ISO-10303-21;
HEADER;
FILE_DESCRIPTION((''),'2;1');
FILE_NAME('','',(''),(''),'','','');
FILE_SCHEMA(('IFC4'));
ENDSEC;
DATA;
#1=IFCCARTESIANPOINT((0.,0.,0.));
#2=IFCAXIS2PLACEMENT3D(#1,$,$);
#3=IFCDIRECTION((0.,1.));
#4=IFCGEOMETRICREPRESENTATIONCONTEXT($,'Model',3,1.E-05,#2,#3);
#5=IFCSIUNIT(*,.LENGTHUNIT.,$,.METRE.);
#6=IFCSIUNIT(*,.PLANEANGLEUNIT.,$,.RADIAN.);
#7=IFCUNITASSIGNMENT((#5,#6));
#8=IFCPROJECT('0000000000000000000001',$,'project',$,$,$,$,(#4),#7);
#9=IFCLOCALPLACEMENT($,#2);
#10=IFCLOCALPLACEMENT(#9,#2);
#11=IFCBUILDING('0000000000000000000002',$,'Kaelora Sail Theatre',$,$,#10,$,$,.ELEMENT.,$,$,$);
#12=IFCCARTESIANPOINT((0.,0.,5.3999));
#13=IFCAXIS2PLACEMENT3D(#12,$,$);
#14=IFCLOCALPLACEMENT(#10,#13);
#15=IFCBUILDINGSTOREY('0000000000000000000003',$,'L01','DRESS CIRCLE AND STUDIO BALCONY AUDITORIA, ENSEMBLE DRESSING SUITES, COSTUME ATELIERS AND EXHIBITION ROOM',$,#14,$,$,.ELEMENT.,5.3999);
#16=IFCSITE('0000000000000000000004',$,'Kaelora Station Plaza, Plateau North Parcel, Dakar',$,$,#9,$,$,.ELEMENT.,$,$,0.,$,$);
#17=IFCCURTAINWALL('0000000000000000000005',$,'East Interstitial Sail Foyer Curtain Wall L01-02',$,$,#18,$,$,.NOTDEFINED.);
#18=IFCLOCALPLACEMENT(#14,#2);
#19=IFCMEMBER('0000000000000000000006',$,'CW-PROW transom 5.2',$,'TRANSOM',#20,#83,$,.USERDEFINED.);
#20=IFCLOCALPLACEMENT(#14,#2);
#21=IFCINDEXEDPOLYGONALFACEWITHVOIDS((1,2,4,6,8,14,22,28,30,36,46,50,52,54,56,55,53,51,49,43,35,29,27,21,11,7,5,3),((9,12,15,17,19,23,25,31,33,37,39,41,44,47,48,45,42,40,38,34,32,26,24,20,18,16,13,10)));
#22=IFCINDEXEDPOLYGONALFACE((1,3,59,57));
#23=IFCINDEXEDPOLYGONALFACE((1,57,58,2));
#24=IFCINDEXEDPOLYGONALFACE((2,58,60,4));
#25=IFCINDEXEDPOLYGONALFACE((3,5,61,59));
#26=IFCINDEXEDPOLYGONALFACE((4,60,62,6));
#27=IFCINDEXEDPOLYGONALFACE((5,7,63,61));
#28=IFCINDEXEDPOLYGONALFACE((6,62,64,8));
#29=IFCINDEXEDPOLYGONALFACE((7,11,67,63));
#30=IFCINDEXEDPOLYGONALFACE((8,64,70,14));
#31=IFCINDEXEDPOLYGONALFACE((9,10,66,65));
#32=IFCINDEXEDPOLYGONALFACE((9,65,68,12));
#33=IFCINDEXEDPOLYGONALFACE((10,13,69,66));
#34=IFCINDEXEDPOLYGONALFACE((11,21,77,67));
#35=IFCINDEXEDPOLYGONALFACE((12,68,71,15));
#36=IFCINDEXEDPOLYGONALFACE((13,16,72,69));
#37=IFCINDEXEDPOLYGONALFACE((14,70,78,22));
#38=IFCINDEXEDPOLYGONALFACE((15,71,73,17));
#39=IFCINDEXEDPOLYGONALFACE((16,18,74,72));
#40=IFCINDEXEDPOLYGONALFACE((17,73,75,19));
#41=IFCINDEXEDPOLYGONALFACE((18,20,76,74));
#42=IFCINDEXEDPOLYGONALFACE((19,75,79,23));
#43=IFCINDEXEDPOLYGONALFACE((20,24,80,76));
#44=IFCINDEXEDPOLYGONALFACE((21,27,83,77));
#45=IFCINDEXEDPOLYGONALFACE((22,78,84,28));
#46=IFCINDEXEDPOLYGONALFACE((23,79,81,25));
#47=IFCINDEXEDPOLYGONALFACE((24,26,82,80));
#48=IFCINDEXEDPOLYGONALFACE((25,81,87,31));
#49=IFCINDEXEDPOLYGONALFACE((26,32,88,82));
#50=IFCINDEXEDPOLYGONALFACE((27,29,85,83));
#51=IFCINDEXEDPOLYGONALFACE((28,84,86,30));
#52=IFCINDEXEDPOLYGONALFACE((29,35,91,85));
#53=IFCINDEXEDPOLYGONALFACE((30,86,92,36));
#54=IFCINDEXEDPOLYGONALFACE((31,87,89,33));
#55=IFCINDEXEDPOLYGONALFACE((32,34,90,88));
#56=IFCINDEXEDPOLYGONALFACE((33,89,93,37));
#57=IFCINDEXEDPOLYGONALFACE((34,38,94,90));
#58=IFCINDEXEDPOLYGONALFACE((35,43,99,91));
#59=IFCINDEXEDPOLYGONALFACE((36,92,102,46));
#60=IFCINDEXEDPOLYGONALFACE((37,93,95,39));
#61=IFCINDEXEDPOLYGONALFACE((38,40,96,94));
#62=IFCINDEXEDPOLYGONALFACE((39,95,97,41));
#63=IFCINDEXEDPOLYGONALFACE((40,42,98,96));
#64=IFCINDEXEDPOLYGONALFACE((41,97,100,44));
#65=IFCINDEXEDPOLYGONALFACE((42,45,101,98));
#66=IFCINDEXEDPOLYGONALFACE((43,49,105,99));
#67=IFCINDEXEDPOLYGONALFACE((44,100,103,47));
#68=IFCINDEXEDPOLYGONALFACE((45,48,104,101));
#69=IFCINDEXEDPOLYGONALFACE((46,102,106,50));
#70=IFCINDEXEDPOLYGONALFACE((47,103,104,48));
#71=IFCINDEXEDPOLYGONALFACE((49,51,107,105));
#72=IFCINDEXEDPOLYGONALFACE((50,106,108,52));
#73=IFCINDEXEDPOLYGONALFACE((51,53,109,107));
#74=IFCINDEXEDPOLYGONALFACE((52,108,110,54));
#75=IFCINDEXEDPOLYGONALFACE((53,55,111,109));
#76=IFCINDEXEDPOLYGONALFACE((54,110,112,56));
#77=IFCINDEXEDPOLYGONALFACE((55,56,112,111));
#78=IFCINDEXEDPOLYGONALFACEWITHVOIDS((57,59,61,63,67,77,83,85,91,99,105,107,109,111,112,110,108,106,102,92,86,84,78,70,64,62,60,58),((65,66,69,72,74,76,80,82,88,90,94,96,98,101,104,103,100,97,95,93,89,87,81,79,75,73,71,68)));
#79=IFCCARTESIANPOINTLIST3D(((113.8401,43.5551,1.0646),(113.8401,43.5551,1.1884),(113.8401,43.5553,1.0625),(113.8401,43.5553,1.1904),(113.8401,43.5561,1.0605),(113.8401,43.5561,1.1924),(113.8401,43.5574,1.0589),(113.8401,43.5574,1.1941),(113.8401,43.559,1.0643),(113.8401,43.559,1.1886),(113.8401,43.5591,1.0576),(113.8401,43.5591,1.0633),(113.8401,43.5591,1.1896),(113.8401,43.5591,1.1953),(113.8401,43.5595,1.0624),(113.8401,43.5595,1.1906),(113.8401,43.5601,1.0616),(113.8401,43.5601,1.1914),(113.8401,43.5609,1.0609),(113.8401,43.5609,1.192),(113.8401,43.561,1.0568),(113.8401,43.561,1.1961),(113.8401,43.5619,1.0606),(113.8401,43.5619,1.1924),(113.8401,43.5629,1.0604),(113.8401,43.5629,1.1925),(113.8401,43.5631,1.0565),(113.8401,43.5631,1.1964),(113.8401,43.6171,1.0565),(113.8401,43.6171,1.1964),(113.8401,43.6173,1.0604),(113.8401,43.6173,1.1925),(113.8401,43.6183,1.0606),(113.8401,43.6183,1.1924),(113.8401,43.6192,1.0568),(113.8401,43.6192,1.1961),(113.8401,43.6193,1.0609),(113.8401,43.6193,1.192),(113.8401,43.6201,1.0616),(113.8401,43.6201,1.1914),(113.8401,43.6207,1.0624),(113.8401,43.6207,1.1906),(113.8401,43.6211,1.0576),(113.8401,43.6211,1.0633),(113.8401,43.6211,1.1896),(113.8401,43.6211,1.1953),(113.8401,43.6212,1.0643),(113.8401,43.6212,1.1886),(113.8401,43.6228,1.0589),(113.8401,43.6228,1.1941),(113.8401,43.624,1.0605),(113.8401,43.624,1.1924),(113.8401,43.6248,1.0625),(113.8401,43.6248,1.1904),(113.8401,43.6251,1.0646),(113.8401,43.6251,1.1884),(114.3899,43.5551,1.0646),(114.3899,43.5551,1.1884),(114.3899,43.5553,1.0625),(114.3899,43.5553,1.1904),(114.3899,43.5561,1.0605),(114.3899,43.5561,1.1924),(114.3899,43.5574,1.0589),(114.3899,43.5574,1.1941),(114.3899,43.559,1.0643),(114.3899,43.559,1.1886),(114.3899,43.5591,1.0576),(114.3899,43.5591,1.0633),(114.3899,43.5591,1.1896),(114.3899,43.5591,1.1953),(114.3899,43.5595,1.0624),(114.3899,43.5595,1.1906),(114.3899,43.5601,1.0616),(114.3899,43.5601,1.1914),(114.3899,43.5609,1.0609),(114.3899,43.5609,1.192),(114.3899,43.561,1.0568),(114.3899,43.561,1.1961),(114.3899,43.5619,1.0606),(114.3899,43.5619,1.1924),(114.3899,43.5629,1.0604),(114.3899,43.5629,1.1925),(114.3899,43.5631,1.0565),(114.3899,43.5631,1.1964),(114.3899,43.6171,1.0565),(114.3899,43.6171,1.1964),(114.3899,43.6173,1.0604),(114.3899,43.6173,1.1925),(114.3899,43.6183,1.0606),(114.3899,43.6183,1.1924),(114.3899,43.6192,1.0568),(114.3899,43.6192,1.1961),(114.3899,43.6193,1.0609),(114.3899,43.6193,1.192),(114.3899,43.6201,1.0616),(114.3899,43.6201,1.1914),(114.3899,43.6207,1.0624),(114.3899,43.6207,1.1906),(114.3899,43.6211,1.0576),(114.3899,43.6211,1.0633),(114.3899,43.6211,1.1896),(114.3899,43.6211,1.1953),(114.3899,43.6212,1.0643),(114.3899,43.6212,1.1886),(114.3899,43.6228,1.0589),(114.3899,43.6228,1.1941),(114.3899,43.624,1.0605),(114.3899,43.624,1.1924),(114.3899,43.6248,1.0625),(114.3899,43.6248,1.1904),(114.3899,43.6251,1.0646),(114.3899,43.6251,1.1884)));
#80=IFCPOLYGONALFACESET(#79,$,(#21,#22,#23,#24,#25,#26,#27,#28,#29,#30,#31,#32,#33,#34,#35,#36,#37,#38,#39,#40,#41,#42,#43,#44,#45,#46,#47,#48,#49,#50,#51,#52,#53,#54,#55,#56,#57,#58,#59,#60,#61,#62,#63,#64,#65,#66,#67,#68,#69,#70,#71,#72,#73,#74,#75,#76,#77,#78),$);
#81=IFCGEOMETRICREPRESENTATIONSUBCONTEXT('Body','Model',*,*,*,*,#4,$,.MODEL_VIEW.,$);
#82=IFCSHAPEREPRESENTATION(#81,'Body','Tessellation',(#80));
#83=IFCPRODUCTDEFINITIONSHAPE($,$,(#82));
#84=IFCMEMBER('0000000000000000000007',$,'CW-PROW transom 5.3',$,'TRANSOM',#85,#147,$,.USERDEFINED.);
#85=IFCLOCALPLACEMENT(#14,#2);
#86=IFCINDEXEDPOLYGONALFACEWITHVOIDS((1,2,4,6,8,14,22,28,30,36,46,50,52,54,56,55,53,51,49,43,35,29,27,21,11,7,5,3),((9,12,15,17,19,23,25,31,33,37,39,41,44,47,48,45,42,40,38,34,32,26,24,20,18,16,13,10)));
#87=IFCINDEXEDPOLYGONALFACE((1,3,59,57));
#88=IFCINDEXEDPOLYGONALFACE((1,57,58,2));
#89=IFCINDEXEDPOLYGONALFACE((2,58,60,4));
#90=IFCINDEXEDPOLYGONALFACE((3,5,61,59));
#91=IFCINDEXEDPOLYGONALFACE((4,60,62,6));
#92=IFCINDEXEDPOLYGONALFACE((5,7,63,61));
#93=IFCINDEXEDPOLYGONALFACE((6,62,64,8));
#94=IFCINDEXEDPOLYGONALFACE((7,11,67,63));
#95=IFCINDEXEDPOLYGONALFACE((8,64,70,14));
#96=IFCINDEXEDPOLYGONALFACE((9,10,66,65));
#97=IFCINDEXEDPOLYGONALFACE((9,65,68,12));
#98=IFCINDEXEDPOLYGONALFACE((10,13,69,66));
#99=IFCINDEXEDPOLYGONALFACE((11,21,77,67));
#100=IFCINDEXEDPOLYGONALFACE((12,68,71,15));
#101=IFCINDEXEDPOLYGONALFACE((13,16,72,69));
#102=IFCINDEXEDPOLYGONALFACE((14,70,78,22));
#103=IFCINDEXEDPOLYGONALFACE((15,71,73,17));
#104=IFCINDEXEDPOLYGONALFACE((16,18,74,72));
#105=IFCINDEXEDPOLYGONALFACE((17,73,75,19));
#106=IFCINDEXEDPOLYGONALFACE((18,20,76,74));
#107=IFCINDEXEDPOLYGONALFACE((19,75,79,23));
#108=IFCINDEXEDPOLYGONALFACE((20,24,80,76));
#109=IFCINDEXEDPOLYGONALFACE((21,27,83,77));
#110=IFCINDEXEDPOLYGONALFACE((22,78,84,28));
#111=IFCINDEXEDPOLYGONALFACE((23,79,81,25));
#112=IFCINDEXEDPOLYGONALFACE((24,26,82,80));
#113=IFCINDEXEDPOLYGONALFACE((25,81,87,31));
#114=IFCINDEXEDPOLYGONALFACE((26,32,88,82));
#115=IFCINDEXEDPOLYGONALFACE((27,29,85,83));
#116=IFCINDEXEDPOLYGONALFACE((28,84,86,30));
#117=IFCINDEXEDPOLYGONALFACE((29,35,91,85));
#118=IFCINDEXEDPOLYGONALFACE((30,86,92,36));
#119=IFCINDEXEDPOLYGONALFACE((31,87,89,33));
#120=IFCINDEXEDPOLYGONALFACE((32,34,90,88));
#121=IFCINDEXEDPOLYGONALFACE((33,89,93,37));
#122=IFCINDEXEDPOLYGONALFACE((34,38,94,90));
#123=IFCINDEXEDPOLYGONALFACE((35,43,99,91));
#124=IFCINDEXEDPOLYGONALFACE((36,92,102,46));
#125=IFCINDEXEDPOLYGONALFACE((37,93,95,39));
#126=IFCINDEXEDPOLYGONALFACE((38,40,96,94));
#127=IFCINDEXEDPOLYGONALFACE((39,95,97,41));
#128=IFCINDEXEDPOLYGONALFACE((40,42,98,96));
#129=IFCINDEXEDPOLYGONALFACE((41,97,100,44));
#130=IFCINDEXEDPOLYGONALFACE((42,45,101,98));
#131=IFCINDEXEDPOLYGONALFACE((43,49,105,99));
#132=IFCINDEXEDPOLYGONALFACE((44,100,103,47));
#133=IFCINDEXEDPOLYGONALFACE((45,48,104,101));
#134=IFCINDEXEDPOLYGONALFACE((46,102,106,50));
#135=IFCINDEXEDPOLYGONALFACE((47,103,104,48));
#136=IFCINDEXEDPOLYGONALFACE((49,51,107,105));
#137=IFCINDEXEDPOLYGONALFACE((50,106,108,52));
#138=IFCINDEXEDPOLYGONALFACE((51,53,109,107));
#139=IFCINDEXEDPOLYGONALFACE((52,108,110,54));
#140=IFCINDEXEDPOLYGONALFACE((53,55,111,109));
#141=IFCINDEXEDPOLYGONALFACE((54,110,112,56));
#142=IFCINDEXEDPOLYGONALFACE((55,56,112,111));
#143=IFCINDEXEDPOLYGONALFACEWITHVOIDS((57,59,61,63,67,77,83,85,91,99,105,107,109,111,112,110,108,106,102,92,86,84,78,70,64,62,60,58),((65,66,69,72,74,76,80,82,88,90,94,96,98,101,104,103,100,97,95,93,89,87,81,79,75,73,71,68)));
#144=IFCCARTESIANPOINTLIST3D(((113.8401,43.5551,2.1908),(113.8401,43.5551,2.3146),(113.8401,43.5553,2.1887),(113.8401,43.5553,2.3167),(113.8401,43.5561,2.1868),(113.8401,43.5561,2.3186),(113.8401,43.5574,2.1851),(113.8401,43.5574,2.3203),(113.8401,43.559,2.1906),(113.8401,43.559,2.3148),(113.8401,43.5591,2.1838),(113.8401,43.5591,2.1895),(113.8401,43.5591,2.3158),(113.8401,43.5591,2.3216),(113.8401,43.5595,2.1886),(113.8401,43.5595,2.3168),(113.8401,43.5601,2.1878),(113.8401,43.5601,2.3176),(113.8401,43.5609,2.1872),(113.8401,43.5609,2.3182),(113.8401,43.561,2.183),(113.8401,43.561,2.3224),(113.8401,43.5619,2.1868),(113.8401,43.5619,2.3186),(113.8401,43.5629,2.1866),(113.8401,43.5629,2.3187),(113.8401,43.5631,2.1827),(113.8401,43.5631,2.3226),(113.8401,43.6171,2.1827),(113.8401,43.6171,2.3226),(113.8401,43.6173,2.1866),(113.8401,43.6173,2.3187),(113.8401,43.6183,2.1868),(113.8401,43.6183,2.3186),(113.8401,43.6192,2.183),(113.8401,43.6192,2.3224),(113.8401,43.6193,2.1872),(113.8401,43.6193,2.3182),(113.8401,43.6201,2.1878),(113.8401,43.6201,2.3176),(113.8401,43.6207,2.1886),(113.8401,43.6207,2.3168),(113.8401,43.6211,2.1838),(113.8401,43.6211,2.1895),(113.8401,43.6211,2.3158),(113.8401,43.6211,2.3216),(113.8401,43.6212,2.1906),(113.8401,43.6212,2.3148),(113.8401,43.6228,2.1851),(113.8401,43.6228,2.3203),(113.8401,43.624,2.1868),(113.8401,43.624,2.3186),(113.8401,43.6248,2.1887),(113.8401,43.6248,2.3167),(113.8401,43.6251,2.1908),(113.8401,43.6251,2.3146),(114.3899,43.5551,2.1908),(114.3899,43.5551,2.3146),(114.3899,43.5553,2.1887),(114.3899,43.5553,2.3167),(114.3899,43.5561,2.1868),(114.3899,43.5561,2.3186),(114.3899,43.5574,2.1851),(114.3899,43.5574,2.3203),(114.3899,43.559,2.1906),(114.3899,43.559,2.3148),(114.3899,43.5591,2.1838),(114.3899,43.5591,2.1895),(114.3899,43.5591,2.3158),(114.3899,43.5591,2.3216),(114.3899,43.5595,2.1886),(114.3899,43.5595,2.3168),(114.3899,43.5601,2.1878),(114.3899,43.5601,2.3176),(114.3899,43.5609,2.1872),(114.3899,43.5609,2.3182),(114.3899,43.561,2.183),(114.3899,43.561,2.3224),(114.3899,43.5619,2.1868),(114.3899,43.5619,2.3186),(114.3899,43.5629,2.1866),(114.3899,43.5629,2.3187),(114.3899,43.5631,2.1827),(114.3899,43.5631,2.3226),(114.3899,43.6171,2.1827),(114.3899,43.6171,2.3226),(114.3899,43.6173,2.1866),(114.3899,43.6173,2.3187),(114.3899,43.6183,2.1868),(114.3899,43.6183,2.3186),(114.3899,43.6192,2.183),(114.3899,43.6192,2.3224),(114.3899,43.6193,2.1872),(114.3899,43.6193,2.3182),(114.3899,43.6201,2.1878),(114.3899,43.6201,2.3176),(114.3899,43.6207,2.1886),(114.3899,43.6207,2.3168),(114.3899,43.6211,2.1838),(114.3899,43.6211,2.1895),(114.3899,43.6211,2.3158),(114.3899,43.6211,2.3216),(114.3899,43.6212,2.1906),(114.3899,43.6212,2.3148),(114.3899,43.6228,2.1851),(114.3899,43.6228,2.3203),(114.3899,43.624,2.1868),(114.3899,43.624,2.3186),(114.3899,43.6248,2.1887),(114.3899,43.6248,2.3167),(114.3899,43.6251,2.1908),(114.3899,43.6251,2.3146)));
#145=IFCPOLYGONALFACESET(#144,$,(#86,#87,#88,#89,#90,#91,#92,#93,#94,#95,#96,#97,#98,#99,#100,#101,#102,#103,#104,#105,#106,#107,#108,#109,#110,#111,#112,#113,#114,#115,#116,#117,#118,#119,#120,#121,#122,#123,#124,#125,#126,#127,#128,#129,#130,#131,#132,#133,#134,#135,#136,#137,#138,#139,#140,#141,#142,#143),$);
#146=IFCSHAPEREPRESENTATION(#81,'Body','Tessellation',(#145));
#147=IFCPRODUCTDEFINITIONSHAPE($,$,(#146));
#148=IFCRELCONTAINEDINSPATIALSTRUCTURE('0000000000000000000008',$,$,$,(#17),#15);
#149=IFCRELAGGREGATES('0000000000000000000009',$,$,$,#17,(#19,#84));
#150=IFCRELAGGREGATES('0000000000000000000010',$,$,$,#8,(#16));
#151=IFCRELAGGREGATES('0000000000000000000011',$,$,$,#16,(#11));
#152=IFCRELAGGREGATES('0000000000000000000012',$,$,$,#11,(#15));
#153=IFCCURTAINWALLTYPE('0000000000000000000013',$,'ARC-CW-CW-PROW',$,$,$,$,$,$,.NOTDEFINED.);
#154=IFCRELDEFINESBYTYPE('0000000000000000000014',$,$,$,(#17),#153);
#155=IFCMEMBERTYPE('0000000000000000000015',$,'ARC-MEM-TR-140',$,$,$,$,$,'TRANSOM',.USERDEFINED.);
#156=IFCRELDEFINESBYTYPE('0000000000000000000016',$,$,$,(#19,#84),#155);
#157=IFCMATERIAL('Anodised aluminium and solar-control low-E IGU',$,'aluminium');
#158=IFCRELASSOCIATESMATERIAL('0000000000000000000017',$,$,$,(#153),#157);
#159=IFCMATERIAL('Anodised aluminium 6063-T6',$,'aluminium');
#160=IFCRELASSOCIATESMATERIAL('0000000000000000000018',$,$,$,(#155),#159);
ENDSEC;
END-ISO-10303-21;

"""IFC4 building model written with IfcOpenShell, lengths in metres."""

from ifc_helpers import new_model, si_unit, direction, frame, origin, origin_2d, place, context, subcontext, project, spatial, hollow_rectangle, extrude, material, material_profile, profile_set, type_object, element, aggregate, save


model = new_model("IFC4")

# Units and contexts
model_context = context("Model", 3, precision=1e-05, world=origin(), true_north=direction((0.0, 1.0)))
body_context = subcontext(model_context, "Body", "Model", "MODEL_VIEW")
ifc_project = project(units=[si_unit("LENGTHUNIT", "METRE"), si_unit("PLANEANGLEUNIT", "RADIAN")], contexts=[model_context])

# Site, building, storey
site_placement = place(None, origin())
site = spatial("IfcSite", under=ifc_project, at=site_placement, Name="Kaelora Station Plaza, Plateau North Parcel, Dakar", CompositionType="ELEMENT", RefElevation=0.0)
building_placement = place(site_placement, origin())
building = spatial("IfcBuilding", under=site, at=building_placement, Name="Kaelora Sail Theatre", CompositionType="ELEMENT")
storey_placement = place(building_placement, frame((0.0, 0.0, 5.3999)))
storey = spatial("IfcBuildingStorey", under=building, at=storey_placement, Name="L01", Description="DRESS CIRCLE AND STUDIO BALCONY AUDITORIA, ENSEMBLE DRESSING SUITES, COSTUME ATELIERS AND EXHIBITION ROOM", CompositionType="ELEMENT", Elevation=5.3999)

# Curtain wall
ifc_material_1 = material(Name="Anodised aluminium and solar-control low-E IGU", Category="aluminium")
curtain_wall_type = type_object("IfcCurtainWallType", Name="ARC-CW-CW-PROW", PredefinedType="NOTDEFINED", material=ifc_material_1)
curtain_wall_1_placement = place(storey_placement, origin())
curtain_wall_1 = element("IfcCurtainWall", 1, at=curtain_wall_1_placement, inside=storey, type_object=curtain_wall_type, Name="East Interstitial Sail Foyer Curtain Wall L01-02", PredefinedType="NOTDEFINED")

# Members
ifc_material_2 = material(Name="Anodised aluminium 6063-T6", Category="aluminium")
ifc_material_profile_1 = material_profile(ifc_material_2, hollow_rectangle(XDim=0.0701, YDim=0.1399, WallThickness=0.0039, InnerFilletRadius=0.0039, OuterFilletRadius=0.0081, at=origin_2d()), Name="ALU-TRAN 70x140x4")
ifc_profile_set_1 = profile_set([ifc_material_profile_1], Name="Anodised aluminium 6063-T6")
member_type_1 = type_object("IfcMemberType", Name="ARC-MEM-TR-140", ElementType="TRANSOM", PredefinedType="USERDEFINED", material=ifc_profile_set_1)
member_1_placement = place(storey_placement, frame((113.8401, 43.5901, 1.1265), z_axis=(1.0, 0.0, 0.0), x_axis=(0.0, 1.0, 0.0)))
member_1 = element("IfcMember", 2, at=member_1_placement, type_object=member_type_1, Name="CW-PROW transom 5.2", ObjectType="TRANSOM", PredefinedType="USERDEFINED", context=body_context, shape_type="SweptSolid", body=[
    extrude(hollow_rectangle(XDim=0.0701, YDim=0.1399, WallThickness=0.0039, InnerFilletRadius=0.0039, OuterFilletRadius=0.0081, at=origin_2d()), origin(), (0.0, 0.0, 1.0), 0.5498),
])
member_2_placement = place(storey_placement, frame((113.8401, 43.5901, 2.2527), z_axis=(1.0, 0.0, 0.0), x_axis=(0.0, 1.0, 0.0)))
member_2 = element("IfcMember", 3, at=member_2_placement, type_object=member_type_1, Name="CW-PROW transom 5.3", ObjectType="TRANSOM", PredefinedType="USERDEFINED", context=body_context, shape_type="SweptSolid", body=[
    extrude(hollow_rectangle(XDim=0.0701, YDim=0.1399, WallThickness=0.0039, InnerFilletRadius=0.0039, OuterFilletRadius=0.0081, at=origin_2d()), origin(), (0.0, 0.0, 1.0), 0.5498),
])

aggregate(curtain_wall_1, [member_1, member_2])

save(model, "model.ifc")
